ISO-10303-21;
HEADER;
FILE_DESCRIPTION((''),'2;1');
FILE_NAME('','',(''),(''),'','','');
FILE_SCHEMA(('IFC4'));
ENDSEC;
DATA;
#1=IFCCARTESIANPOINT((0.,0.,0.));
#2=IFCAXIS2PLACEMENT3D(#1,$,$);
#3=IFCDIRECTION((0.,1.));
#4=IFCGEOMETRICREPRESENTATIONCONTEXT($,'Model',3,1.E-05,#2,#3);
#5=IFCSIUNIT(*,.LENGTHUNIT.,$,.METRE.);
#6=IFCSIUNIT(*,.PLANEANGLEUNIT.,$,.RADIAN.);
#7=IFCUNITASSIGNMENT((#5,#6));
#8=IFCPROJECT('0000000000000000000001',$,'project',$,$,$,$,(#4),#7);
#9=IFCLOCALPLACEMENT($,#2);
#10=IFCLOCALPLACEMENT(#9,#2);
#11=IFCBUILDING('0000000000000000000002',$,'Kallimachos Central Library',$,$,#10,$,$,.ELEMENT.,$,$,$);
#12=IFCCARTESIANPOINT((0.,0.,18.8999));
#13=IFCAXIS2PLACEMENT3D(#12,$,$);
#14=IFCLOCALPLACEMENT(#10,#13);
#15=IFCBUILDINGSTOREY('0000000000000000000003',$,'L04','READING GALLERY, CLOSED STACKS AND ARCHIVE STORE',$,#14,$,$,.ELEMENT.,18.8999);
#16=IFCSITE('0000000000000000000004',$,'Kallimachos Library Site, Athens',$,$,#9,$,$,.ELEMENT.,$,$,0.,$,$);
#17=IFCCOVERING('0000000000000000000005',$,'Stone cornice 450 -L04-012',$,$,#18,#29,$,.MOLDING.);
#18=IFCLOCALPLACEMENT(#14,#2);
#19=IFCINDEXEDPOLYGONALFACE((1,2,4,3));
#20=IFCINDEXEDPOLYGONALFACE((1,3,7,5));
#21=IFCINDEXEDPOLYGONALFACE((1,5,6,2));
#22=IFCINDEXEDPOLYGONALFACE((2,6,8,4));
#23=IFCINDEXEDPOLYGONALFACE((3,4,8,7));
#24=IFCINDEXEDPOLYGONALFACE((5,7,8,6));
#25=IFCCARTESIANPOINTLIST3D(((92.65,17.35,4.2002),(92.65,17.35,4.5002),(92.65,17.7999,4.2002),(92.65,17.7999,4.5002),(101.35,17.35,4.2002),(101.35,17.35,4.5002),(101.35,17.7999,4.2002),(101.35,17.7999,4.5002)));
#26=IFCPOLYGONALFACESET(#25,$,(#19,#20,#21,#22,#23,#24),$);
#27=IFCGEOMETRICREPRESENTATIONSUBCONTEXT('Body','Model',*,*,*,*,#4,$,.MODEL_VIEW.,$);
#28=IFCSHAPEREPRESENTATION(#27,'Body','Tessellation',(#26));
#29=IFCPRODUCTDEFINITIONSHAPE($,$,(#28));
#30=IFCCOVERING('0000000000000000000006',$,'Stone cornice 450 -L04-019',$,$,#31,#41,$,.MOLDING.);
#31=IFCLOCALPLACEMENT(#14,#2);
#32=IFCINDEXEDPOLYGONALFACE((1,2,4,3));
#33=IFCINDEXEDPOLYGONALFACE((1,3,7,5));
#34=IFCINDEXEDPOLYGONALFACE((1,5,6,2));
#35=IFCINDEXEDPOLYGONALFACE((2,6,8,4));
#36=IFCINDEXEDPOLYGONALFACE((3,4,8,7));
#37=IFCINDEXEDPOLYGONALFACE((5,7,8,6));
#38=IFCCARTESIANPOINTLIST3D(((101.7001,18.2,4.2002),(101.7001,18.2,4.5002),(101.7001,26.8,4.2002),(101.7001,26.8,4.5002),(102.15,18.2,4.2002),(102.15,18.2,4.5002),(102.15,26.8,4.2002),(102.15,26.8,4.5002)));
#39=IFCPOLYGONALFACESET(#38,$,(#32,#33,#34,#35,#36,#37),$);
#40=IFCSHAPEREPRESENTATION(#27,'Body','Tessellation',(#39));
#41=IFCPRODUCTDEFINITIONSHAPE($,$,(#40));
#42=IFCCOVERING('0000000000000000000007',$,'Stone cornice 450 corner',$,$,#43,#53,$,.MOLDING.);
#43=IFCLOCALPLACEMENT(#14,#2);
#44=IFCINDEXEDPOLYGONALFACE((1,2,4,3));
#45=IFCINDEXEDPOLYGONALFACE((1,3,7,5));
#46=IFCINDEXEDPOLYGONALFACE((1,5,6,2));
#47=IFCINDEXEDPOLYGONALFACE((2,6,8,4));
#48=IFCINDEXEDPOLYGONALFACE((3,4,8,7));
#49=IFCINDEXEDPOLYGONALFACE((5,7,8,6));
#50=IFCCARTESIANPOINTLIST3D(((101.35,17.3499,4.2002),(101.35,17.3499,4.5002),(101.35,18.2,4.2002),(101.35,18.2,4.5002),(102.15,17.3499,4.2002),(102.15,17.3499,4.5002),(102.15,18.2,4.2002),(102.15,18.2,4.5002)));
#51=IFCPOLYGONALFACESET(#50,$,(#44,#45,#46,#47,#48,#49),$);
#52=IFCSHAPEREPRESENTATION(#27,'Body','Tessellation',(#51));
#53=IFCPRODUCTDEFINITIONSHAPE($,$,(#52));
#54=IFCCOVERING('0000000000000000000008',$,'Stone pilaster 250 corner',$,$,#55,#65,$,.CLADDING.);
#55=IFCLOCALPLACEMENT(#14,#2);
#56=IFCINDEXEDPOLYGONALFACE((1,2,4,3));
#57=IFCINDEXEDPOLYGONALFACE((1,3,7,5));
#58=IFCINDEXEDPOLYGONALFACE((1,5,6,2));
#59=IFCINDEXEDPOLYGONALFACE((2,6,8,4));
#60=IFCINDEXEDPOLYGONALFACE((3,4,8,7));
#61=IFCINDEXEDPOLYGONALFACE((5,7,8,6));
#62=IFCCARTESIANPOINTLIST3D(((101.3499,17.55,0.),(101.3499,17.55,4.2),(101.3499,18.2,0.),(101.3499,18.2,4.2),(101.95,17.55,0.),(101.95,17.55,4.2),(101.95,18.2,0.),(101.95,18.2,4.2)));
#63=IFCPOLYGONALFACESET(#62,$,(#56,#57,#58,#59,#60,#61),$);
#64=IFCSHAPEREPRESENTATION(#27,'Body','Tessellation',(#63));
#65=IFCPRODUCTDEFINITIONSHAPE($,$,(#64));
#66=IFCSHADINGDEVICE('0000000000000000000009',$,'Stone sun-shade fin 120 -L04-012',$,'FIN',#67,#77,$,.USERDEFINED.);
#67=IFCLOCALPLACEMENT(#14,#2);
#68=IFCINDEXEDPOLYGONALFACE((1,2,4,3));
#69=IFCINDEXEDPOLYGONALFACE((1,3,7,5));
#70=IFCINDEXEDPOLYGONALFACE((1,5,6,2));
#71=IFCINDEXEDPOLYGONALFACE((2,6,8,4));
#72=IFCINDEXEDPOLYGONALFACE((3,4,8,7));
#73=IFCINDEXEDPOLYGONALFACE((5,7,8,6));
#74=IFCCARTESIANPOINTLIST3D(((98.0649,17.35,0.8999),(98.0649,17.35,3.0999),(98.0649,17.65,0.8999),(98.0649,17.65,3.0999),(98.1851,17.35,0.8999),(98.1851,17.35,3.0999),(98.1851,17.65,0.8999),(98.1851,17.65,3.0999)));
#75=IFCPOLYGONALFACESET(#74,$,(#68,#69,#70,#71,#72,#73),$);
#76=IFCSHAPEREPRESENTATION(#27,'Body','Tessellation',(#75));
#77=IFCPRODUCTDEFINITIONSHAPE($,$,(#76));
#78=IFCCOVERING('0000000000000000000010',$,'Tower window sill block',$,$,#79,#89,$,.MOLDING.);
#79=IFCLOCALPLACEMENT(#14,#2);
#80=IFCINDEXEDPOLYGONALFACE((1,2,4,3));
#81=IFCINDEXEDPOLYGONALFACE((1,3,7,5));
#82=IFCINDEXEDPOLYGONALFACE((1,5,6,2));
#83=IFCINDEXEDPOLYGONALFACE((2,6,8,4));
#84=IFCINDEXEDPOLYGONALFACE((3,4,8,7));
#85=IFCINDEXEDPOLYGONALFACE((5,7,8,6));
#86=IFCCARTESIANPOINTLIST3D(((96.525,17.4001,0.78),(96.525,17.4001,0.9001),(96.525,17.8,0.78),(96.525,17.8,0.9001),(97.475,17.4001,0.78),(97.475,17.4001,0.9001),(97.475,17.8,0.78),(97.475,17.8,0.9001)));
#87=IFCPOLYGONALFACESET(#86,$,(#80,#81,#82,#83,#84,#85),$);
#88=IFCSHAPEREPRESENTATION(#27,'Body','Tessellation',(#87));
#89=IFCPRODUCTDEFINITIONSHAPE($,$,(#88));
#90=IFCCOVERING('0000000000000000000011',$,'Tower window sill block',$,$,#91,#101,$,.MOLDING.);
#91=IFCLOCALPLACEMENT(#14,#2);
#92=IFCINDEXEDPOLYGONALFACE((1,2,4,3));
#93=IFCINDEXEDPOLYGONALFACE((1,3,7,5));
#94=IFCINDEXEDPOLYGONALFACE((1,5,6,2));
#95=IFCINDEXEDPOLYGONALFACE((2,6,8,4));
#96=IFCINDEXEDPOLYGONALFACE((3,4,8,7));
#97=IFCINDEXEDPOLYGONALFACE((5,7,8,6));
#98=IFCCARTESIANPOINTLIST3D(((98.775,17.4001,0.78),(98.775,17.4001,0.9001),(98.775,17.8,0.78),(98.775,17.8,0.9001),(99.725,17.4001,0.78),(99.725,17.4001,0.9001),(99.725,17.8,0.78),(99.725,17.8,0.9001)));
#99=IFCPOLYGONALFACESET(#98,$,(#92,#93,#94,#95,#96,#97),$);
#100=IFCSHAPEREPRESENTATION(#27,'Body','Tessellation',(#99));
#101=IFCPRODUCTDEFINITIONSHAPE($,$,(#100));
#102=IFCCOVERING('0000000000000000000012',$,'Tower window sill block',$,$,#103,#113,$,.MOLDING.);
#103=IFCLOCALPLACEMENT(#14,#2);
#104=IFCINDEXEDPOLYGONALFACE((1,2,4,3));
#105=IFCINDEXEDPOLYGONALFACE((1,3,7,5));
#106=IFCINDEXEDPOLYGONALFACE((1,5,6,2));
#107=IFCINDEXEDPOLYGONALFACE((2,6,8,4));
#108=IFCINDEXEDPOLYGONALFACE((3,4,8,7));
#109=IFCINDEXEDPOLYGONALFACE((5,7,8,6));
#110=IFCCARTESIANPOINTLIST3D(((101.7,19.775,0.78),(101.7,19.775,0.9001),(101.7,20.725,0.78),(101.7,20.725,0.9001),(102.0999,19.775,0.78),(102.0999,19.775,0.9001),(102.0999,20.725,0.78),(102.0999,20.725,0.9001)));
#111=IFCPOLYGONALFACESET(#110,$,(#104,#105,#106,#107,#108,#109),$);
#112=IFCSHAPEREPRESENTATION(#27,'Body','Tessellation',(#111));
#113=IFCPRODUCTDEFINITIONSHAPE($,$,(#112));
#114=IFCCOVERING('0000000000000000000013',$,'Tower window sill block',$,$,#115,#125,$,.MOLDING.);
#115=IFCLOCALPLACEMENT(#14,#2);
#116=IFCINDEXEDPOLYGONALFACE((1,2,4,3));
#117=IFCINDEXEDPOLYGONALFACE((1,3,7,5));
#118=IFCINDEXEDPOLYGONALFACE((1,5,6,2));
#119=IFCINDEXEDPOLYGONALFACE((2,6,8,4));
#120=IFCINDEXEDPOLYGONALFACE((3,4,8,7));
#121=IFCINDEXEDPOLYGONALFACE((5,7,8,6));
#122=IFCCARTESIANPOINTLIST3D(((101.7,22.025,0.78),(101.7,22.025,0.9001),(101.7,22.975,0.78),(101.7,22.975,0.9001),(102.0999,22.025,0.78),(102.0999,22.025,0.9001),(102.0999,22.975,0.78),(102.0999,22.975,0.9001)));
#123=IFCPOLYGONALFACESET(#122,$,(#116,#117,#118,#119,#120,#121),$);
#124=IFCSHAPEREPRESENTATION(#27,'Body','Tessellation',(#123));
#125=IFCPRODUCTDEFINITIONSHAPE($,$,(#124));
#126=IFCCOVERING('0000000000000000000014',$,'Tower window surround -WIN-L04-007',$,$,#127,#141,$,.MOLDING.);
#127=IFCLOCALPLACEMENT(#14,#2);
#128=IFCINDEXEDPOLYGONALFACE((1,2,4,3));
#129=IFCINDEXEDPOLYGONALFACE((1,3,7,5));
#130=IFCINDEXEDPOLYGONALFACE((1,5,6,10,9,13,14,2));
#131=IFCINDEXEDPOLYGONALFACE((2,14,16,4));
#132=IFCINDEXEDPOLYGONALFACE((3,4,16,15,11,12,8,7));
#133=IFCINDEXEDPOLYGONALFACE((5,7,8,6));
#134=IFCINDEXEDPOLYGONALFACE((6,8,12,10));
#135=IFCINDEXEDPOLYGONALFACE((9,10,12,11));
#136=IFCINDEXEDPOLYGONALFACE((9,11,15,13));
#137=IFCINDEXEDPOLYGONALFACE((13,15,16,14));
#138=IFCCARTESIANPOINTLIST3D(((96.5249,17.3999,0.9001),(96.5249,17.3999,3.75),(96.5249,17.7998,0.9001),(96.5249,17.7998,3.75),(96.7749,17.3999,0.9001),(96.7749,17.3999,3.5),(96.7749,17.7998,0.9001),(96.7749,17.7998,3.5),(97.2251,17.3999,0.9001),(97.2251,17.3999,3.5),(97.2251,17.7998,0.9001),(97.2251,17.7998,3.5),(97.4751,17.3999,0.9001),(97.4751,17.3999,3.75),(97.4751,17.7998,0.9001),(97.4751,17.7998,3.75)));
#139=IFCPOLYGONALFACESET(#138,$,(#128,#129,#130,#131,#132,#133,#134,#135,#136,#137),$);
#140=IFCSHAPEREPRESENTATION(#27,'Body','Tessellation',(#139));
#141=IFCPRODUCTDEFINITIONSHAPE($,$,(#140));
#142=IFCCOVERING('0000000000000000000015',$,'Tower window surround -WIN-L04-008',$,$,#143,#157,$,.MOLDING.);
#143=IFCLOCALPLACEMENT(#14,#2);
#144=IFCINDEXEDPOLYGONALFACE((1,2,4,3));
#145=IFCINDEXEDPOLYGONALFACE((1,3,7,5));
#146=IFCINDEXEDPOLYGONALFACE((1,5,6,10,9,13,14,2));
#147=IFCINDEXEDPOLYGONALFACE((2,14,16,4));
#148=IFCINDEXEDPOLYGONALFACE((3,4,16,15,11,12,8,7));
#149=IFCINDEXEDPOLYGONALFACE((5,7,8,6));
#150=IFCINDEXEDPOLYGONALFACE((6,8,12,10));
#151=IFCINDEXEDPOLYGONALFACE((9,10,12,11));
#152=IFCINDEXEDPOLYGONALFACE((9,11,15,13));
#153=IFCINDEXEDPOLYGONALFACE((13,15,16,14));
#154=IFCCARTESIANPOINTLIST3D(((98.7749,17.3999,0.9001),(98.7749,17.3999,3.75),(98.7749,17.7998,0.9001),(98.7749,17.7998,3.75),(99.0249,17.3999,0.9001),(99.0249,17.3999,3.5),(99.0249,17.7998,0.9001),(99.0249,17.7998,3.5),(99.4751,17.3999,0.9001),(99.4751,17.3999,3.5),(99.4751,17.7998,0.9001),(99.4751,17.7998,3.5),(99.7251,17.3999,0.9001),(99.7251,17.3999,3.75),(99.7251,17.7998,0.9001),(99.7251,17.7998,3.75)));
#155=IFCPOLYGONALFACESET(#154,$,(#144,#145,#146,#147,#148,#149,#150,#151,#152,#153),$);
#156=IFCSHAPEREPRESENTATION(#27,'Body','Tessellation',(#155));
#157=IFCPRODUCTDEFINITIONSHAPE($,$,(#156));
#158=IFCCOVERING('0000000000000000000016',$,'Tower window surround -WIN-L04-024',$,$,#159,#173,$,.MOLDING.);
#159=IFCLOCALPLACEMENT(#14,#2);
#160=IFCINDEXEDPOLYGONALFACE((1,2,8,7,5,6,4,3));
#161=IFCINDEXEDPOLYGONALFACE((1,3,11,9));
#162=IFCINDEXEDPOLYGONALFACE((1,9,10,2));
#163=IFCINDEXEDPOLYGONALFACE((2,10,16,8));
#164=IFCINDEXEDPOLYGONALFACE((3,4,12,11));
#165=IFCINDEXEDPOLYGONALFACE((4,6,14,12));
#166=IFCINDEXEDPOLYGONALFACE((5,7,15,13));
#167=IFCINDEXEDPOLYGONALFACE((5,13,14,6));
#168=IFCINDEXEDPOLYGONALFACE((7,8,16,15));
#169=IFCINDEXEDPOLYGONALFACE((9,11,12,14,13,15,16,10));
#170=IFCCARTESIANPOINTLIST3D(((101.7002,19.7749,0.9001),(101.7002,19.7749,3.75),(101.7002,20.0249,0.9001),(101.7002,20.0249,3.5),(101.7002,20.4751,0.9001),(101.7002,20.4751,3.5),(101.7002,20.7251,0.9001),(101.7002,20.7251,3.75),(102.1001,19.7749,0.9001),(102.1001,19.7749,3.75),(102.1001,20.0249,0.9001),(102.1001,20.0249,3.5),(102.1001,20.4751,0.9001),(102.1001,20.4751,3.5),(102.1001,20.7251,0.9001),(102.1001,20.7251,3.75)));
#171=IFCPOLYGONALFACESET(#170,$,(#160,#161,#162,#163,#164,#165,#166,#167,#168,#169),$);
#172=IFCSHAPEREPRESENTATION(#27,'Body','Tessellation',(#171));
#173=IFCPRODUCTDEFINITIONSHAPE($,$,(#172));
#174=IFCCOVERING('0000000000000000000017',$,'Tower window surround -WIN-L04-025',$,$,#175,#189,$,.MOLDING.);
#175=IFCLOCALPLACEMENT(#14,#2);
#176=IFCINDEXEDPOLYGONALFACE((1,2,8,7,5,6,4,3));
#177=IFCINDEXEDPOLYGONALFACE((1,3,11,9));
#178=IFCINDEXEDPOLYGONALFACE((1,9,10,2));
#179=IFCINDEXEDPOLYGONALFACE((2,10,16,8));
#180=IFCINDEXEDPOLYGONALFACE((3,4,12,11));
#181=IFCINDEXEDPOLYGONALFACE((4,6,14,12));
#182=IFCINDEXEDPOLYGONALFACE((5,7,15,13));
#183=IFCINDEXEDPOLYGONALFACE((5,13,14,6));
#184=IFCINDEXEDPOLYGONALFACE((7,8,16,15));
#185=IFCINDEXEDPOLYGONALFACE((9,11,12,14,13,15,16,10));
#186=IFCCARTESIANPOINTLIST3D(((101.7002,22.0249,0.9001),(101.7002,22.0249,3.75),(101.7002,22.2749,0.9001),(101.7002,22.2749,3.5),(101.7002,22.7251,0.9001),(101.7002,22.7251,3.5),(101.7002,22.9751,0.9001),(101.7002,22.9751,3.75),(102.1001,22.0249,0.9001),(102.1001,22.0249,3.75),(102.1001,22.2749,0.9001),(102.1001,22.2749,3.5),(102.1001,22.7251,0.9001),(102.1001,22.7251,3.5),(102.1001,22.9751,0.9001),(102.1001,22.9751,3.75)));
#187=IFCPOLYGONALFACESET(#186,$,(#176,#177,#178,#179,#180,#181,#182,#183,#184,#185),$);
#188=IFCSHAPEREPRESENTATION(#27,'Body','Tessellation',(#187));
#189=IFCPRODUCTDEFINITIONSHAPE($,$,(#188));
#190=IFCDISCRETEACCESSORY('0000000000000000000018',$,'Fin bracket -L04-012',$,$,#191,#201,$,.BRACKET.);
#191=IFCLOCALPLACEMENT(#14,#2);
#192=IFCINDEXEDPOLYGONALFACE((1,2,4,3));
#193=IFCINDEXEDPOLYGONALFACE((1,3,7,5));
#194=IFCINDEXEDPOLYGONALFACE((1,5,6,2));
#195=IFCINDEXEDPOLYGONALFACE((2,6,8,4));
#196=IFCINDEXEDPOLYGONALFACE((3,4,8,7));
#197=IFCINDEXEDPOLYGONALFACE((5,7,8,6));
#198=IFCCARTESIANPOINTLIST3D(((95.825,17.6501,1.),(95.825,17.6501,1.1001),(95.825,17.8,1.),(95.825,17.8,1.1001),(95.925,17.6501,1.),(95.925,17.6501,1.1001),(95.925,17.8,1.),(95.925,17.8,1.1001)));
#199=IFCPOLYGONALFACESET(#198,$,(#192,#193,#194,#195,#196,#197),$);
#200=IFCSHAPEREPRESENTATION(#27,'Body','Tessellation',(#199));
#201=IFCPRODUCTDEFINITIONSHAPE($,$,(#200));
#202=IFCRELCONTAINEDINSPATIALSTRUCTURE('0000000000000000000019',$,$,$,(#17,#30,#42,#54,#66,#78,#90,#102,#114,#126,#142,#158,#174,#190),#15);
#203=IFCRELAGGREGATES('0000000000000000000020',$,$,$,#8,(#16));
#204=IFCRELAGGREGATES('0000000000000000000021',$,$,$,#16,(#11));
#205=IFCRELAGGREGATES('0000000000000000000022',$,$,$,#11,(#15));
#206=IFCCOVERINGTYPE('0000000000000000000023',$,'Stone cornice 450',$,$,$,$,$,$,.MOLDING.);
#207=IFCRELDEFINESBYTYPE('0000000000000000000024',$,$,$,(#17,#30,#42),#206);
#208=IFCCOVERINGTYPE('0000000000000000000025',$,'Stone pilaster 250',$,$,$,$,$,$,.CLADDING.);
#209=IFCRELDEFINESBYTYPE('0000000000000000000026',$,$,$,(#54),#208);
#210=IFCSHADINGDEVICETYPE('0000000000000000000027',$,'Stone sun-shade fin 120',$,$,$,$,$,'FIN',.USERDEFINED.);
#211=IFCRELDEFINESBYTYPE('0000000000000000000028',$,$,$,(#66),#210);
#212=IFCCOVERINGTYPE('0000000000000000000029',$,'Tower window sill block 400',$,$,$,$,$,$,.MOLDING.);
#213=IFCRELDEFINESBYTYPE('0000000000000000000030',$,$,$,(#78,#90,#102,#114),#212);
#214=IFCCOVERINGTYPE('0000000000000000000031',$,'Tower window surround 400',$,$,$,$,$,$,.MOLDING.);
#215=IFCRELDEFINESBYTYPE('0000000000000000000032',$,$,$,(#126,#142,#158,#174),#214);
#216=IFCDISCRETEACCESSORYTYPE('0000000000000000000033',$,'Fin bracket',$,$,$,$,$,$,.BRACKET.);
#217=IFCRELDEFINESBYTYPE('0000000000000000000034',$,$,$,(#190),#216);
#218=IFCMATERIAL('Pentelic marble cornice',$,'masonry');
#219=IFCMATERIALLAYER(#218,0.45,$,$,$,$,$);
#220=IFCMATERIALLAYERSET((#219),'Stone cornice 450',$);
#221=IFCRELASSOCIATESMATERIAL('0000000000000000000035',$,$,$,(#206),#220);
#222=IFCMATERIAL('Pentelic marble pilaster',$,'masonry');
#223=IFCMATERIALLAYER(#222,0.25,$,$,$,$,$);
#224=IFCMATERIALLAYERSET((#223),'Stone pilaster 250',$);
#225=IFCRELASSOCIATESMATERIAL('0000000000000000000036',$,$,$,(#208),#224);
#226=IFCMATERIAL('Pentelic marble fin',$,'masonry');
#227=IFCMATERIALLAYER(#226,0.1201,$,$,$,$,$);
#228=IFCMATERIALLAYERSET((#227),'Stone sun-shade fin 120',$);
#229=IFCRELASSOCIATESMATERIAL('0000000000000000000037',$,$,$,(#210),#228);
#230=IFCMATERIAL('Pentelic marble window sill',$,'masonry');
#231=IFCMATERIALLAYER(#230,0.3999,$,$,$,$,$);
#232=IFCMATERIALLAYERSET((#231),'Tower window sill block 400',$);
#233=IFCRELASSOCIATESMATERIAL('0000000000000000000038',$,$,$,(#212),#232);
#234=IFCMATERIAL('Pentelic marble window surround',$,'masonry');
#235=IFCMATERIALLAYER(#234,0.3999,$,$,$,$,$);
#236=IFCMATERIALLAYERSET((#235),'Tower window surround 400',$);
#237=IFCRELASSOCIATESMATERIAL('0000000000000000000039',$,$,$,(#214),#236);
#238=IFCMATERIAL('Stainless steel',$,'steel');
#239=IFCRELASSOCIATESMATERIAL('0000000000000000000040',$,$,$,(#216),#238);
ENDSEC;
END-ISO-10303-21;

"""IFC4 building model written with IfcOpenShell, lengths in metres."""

from ifc_helpers import new_model, si_unit, direction, frame, origin, origin_2d, place, context, subcontext, project, spatial, polyline, rectangle, outline, extrude, material, layer, layer_set, type_object, element, save


model = new_model("IFC4")

# Units and contexts
model_context = context("Model", 3, precision=1e-05, world=origin(), true_north=direction((0.0, 1.0)))
body_context = subcontext(model_context, "Body", "Model", "MODEL_VIEW")
ifc_project = project(units=[si_unit("LENGTHUNIT", "METRE"), si_unit("PLANEANGLEUNIT", "RADIAN")], contexts=[model_context])

# Site, building, storey
site_placement = place(None, origin())
site = spatial("IfcSite", under=ifc_project, at=site_placement, Name="Kallimachos Library Site, Athens", CompositionType="ELEMENT", RefElevation=0.0)
building_placement = place(site_placement, origin())
building = spatial("IfcBuilding", under=site, at=building_placement, Name="Kallimachos Central Library", CompositionType="ELEMENT")
storey_placement = place(building_placement, frame((0.0, 0.0, 18.8999)))
storey = spatial("IfcBuildingStorey", under=building, at=storey_placement, Name="L04", Description="READING GALLERY, CLOSED STACKS AND ARCHIVE STORE", CompositionType="ELEMENT", Elevation=18.8999)

# Coverings
ifc_material_1 = material(Name="Pentelic marble cornice", Category="masonry")
ifc_layer_1 = layer(ifc_material_1, 0.45)
ifc_layer_set_1 = layer_set([ifc_layer_1], Name="Stone cornice 450")
covering_type_1 = type_object("IfcCoveringType", Name="Stone cornice 450", PredefinedType="MOLDING", material=ifc_layer_set_1)
covering_1_placement = place(storey_placement, frame((97.0, 17.575, 4.2002), z_axis=(0.0, 0.0, 1.0), x_axis=(1.0, 0.0, 0.0)))
element("IfcCovering", 1, at=covering_1_placement, inside=storey, type_object=covering_type_1, Name="Stone cornice 450 -L04-012", PredefinedType="MOLDING", context=body_context, shape_type="SweptSolid", body=[
    extrude(rectangle(XDim=8.7, YDim=0.45, at=origin_2d()), origin(), (0.0, 0.0, 1.0), 0.3),
])
covering_2_placement = place(storey_placement, frame((101.925, 22.5, 4.2002), z_axis=(0.0, 0.0, 1.0), x_axis=(1.0, 0.0, 0.0)))
element("IfcCovering", 2, at=covering_2_placement, inside=storey, type_object=covering_type_1, Name="Stone cornice 450 -L04-019", PredefinedType="MOLDING", context=body_context, shape_type="SweptSolid", body=[
    extrude(rectangle(XDim=0.45, YDim=8.6001, at=origin_2d()), origin(), (0.0, 0.0, 1.0), 0.3),
])
covering_3_placement = place(storey_placement, frame((101.75, 17.7749, 4.2002), z_axis=(0.0, 0.0, 1.0), x_axis=(1.0, 0.0, 0.0)))
element("IfcCovering", 3, at=covering_3_placement, inside=storey, type_object=covering_type_1, Name="Stone cornice 450 corner", PredefinedType="MOLDING", context=body_context, shape_type="SweptSolid", body=[
    extrude(rectangle(XDim=0.8, YDim=0.8501, at=origin_2d()), origin(), (0.0, 0.0, 1.0), 0.3),
])
ifc_material_2 = material(Name="Pentelic marble pilaster", Category="masonry")
ifc_layer_2 = layer(ifc_material_2, 0.25)
ifc_layer_set_2 = layer_set([ifc_layer_2], Name="Stone pilaster 250")
covering_type_2 = type_object("IfcCoveringType", Name="Stone pilaster 250", PredefinedType="CLADDING", material=ifc_layer_set_2)
covering_4_placement = place(storey_placement, frame((101.6499, 17.875, 0.0), z_axis=(0.0, 0.0, 1.0), x_axis=(1.0, 0.0, 0.0)))
element("IfcCovering", 4, at=covering_4_placement, inside=storey, type_object=covering_type_2, Name="Stone pilaster 250 corner", PredefinedType="CLADDING", context=body_context, shape_type="SweptSolid", body=[
    extrude(rectangle(XDim=0.6001, YDim=0.6499, at=origin_2d()), origin(), (0.0, 0.0, 1.0), 4.2),
])

# Shading device
ifc_material_3 = material(Name="Pentelic marble fin", Category="masonry")
ifc_layer_3 = layer(ifc_material_3, 0.1201)
ifc_layer_set_3 = layer_set([ifc_layer_3], Name="Stone sun-shade fin 120")
shading_device_type = type_object("IfcShadingDeviceType", Name="Stone sun-shade fin 120", ElementType="FIN", PredefinedType="USERDEFINED", material=ifc_layer_set_3)
shading_device_placement = place(storey_placement, frame((98.125, 17.5, 0.8999), z_axis=(0.0, 0.0, 1.0), x_axis=(1.0, 0.0, 0.0)))
element("IfcShadingDevice", 5, at=shading_device_placement, inside=storey, type_object=shading_device_type, Name="Stone sun-shade fin 120 -L04-012", ObjectType="FIN", PredefinedType="USERDEFINED", context=body_context, shape_type="SweptSolid", body=[
    extrude(rectangle(XDim=0.1201, YDim=0.3, at=origin_2d()), origin(), (0.0, 0.0, 1.0), 2.2),
])

# Coverings
ifc_material_4 = material(Name="Pentelic marble window sill", Category="masonry")
ifc_layer_4 = layer(ifc_material_4, 0.3999)
ifc_layer_set_4 = layer_set([ifc_layer_4], Name="Tower window sill block 400")
covering_type_3 = type_object("IfcCoveringType", Name="Tower window sill block 400", PredefinedType="MOLDING", material=ifc_layer_set_4)
for number, where, z_axis, x_axis, name in (
    (6, (97.0, 17.6001, 0.78), (0.0, 0.0, 1.0), (1.0, 0.0, 0.0), "Tower window sill block"),
    (7, (99.25, 17.6001, 0.78), (0.0, 0.0, 1.0), (1.0, 0.0, 0.0), "Tower window sill block"),
):
    element("IfcCovering", number, at=place(storey_placement, frame(where, z_axis=z_axis, x_axis=x_axis)), inside=storey, type_object=covering_type_3, Name=name, PredefinedType="MOLDING", context=body_context, shape_type="SweptSolid", body=[
        extrude(rectangle(XDim=0.95, YDim=0.3999, at=origin_2d()), origin(), (0.0, 0.0, 1.0), 0.1201),
    ])
for number, where, z_axis, x_axis, name in (
    (8, (101.8999, 20.25, 0.78), (0.0, 0.0, 1.0), (1.0, 0.0, 0.0), "Tower window sill block"),
    (9, (101.8999, 22.5, 0.78), (0.0, 0.0, 1.0), (1.0, 0.0, 0.0), "Tower window sill block"),
):
    element("IfcCovering", number, at=place(storey_placement, frame(where, z_axis=z_axis, x_axis=x_axis)), inside=storey, type_object=covering_type_3, Name=name, PredefinedType="MOLDING", context=body_context, shape_type="SweptSolid", body=[
        extrude(rectangle(XDim=0.3999, YDim=0.95, at=origin_2d()), origin(), (0.0, 0.0, 1.0), 0.1201),
    ])
ifc_material_5 = material(Name="Pentelic marble window surround", Category="masonry")
ifc_layer_5 = layer(ifc_material_5, 0.3999)
ifc_layer_set_5 = layer_set([ifc_layer_5], Name="Tower window surround 400")
covering_type_4 = type_object("IfcCoveringType", Name="Tower window surround 400", PredefinedType="MOLDING", material=ifc_layer_set_5)
for number, where, z_axis, x_axis, name in (
    (10, (96.7749, 17.3999, 0.9001), (0.0, -1.0, 0.0), (0.0, 0.0, 1.0), "Tower window surround -WIN-L04-007"),
    (11, (99.0249, 17.3999, 0.9001), (0.0, -1.0, 0.0), (0.0, 0.0, 1.0), "Tower window surround -WIN-L04-008"),
    (12, (102.1001, 20.0249, 0.9001), (1.0, 0.0, 0.0), (0.0, 0.0, 1.0), "Tower window surround -WIN-L04-024"),
    (13, (102.1001, 22.2749, 0.9001), (1.0, 0.0, 0.0), (0.0, 0.0, 1.0), "Tower window surround -WIN-L04-025"),
):
    element("IfcCovering", number, at=place(storey_placement, frame(where, z_axis=z_axis, x_axis=x_axis)), inside=storey, type_object=covering_type_4, Name=name, PredefinedType="MOLDING", context=body_context, shape_type="SweptSolid", body=[
        extrude(outline(polyline([(0.0, 0.0), (2.5999, 0.0), (2.5999, -0.4502), (0.0, -0.4502), (0.0, -0.7002), (2.8499, -0.7002), (2.8499, 0.25), (0.0, 0.25), (0.0, 0.0)])), origin(), (0.0, 0.0, -1.0), 0.3999),
    ])

# Discrete accessory
ifc_material_6 = material(Name="Stainless steel", Category="steel")
discrete_accessory_type = type_object("IfcDiscreteAccessoryType", Name="Fin bracket", PredefinedType="BRACKET", material=ifc_material_6)
for number, where, z_axis, x_axis, name in (
    (14, (95.875, 17.7251, 1.0), (0.0, 0.0, 1.0), (1.0, 0.0, 0.0), "Fin bracket -L04-012"),
):
    element("IfcDiscreteAccessory", number, at=place(storey_placement, frame(where, z_axis=z_axis, x_axis=x_axis)), inside=storey, type_object=discrete_accessory_type, Name=name, PredefinedType="BRACKET", context=body_context, shape_type="SweptSolid", body=[
        extrude(rectangle(XDim=0.1001, YDim=0.1499, at=origin_2d()), origin(), (0.0, 0.0, 1.0), 0.1001),
    ])

save(model, "model.ifc")
